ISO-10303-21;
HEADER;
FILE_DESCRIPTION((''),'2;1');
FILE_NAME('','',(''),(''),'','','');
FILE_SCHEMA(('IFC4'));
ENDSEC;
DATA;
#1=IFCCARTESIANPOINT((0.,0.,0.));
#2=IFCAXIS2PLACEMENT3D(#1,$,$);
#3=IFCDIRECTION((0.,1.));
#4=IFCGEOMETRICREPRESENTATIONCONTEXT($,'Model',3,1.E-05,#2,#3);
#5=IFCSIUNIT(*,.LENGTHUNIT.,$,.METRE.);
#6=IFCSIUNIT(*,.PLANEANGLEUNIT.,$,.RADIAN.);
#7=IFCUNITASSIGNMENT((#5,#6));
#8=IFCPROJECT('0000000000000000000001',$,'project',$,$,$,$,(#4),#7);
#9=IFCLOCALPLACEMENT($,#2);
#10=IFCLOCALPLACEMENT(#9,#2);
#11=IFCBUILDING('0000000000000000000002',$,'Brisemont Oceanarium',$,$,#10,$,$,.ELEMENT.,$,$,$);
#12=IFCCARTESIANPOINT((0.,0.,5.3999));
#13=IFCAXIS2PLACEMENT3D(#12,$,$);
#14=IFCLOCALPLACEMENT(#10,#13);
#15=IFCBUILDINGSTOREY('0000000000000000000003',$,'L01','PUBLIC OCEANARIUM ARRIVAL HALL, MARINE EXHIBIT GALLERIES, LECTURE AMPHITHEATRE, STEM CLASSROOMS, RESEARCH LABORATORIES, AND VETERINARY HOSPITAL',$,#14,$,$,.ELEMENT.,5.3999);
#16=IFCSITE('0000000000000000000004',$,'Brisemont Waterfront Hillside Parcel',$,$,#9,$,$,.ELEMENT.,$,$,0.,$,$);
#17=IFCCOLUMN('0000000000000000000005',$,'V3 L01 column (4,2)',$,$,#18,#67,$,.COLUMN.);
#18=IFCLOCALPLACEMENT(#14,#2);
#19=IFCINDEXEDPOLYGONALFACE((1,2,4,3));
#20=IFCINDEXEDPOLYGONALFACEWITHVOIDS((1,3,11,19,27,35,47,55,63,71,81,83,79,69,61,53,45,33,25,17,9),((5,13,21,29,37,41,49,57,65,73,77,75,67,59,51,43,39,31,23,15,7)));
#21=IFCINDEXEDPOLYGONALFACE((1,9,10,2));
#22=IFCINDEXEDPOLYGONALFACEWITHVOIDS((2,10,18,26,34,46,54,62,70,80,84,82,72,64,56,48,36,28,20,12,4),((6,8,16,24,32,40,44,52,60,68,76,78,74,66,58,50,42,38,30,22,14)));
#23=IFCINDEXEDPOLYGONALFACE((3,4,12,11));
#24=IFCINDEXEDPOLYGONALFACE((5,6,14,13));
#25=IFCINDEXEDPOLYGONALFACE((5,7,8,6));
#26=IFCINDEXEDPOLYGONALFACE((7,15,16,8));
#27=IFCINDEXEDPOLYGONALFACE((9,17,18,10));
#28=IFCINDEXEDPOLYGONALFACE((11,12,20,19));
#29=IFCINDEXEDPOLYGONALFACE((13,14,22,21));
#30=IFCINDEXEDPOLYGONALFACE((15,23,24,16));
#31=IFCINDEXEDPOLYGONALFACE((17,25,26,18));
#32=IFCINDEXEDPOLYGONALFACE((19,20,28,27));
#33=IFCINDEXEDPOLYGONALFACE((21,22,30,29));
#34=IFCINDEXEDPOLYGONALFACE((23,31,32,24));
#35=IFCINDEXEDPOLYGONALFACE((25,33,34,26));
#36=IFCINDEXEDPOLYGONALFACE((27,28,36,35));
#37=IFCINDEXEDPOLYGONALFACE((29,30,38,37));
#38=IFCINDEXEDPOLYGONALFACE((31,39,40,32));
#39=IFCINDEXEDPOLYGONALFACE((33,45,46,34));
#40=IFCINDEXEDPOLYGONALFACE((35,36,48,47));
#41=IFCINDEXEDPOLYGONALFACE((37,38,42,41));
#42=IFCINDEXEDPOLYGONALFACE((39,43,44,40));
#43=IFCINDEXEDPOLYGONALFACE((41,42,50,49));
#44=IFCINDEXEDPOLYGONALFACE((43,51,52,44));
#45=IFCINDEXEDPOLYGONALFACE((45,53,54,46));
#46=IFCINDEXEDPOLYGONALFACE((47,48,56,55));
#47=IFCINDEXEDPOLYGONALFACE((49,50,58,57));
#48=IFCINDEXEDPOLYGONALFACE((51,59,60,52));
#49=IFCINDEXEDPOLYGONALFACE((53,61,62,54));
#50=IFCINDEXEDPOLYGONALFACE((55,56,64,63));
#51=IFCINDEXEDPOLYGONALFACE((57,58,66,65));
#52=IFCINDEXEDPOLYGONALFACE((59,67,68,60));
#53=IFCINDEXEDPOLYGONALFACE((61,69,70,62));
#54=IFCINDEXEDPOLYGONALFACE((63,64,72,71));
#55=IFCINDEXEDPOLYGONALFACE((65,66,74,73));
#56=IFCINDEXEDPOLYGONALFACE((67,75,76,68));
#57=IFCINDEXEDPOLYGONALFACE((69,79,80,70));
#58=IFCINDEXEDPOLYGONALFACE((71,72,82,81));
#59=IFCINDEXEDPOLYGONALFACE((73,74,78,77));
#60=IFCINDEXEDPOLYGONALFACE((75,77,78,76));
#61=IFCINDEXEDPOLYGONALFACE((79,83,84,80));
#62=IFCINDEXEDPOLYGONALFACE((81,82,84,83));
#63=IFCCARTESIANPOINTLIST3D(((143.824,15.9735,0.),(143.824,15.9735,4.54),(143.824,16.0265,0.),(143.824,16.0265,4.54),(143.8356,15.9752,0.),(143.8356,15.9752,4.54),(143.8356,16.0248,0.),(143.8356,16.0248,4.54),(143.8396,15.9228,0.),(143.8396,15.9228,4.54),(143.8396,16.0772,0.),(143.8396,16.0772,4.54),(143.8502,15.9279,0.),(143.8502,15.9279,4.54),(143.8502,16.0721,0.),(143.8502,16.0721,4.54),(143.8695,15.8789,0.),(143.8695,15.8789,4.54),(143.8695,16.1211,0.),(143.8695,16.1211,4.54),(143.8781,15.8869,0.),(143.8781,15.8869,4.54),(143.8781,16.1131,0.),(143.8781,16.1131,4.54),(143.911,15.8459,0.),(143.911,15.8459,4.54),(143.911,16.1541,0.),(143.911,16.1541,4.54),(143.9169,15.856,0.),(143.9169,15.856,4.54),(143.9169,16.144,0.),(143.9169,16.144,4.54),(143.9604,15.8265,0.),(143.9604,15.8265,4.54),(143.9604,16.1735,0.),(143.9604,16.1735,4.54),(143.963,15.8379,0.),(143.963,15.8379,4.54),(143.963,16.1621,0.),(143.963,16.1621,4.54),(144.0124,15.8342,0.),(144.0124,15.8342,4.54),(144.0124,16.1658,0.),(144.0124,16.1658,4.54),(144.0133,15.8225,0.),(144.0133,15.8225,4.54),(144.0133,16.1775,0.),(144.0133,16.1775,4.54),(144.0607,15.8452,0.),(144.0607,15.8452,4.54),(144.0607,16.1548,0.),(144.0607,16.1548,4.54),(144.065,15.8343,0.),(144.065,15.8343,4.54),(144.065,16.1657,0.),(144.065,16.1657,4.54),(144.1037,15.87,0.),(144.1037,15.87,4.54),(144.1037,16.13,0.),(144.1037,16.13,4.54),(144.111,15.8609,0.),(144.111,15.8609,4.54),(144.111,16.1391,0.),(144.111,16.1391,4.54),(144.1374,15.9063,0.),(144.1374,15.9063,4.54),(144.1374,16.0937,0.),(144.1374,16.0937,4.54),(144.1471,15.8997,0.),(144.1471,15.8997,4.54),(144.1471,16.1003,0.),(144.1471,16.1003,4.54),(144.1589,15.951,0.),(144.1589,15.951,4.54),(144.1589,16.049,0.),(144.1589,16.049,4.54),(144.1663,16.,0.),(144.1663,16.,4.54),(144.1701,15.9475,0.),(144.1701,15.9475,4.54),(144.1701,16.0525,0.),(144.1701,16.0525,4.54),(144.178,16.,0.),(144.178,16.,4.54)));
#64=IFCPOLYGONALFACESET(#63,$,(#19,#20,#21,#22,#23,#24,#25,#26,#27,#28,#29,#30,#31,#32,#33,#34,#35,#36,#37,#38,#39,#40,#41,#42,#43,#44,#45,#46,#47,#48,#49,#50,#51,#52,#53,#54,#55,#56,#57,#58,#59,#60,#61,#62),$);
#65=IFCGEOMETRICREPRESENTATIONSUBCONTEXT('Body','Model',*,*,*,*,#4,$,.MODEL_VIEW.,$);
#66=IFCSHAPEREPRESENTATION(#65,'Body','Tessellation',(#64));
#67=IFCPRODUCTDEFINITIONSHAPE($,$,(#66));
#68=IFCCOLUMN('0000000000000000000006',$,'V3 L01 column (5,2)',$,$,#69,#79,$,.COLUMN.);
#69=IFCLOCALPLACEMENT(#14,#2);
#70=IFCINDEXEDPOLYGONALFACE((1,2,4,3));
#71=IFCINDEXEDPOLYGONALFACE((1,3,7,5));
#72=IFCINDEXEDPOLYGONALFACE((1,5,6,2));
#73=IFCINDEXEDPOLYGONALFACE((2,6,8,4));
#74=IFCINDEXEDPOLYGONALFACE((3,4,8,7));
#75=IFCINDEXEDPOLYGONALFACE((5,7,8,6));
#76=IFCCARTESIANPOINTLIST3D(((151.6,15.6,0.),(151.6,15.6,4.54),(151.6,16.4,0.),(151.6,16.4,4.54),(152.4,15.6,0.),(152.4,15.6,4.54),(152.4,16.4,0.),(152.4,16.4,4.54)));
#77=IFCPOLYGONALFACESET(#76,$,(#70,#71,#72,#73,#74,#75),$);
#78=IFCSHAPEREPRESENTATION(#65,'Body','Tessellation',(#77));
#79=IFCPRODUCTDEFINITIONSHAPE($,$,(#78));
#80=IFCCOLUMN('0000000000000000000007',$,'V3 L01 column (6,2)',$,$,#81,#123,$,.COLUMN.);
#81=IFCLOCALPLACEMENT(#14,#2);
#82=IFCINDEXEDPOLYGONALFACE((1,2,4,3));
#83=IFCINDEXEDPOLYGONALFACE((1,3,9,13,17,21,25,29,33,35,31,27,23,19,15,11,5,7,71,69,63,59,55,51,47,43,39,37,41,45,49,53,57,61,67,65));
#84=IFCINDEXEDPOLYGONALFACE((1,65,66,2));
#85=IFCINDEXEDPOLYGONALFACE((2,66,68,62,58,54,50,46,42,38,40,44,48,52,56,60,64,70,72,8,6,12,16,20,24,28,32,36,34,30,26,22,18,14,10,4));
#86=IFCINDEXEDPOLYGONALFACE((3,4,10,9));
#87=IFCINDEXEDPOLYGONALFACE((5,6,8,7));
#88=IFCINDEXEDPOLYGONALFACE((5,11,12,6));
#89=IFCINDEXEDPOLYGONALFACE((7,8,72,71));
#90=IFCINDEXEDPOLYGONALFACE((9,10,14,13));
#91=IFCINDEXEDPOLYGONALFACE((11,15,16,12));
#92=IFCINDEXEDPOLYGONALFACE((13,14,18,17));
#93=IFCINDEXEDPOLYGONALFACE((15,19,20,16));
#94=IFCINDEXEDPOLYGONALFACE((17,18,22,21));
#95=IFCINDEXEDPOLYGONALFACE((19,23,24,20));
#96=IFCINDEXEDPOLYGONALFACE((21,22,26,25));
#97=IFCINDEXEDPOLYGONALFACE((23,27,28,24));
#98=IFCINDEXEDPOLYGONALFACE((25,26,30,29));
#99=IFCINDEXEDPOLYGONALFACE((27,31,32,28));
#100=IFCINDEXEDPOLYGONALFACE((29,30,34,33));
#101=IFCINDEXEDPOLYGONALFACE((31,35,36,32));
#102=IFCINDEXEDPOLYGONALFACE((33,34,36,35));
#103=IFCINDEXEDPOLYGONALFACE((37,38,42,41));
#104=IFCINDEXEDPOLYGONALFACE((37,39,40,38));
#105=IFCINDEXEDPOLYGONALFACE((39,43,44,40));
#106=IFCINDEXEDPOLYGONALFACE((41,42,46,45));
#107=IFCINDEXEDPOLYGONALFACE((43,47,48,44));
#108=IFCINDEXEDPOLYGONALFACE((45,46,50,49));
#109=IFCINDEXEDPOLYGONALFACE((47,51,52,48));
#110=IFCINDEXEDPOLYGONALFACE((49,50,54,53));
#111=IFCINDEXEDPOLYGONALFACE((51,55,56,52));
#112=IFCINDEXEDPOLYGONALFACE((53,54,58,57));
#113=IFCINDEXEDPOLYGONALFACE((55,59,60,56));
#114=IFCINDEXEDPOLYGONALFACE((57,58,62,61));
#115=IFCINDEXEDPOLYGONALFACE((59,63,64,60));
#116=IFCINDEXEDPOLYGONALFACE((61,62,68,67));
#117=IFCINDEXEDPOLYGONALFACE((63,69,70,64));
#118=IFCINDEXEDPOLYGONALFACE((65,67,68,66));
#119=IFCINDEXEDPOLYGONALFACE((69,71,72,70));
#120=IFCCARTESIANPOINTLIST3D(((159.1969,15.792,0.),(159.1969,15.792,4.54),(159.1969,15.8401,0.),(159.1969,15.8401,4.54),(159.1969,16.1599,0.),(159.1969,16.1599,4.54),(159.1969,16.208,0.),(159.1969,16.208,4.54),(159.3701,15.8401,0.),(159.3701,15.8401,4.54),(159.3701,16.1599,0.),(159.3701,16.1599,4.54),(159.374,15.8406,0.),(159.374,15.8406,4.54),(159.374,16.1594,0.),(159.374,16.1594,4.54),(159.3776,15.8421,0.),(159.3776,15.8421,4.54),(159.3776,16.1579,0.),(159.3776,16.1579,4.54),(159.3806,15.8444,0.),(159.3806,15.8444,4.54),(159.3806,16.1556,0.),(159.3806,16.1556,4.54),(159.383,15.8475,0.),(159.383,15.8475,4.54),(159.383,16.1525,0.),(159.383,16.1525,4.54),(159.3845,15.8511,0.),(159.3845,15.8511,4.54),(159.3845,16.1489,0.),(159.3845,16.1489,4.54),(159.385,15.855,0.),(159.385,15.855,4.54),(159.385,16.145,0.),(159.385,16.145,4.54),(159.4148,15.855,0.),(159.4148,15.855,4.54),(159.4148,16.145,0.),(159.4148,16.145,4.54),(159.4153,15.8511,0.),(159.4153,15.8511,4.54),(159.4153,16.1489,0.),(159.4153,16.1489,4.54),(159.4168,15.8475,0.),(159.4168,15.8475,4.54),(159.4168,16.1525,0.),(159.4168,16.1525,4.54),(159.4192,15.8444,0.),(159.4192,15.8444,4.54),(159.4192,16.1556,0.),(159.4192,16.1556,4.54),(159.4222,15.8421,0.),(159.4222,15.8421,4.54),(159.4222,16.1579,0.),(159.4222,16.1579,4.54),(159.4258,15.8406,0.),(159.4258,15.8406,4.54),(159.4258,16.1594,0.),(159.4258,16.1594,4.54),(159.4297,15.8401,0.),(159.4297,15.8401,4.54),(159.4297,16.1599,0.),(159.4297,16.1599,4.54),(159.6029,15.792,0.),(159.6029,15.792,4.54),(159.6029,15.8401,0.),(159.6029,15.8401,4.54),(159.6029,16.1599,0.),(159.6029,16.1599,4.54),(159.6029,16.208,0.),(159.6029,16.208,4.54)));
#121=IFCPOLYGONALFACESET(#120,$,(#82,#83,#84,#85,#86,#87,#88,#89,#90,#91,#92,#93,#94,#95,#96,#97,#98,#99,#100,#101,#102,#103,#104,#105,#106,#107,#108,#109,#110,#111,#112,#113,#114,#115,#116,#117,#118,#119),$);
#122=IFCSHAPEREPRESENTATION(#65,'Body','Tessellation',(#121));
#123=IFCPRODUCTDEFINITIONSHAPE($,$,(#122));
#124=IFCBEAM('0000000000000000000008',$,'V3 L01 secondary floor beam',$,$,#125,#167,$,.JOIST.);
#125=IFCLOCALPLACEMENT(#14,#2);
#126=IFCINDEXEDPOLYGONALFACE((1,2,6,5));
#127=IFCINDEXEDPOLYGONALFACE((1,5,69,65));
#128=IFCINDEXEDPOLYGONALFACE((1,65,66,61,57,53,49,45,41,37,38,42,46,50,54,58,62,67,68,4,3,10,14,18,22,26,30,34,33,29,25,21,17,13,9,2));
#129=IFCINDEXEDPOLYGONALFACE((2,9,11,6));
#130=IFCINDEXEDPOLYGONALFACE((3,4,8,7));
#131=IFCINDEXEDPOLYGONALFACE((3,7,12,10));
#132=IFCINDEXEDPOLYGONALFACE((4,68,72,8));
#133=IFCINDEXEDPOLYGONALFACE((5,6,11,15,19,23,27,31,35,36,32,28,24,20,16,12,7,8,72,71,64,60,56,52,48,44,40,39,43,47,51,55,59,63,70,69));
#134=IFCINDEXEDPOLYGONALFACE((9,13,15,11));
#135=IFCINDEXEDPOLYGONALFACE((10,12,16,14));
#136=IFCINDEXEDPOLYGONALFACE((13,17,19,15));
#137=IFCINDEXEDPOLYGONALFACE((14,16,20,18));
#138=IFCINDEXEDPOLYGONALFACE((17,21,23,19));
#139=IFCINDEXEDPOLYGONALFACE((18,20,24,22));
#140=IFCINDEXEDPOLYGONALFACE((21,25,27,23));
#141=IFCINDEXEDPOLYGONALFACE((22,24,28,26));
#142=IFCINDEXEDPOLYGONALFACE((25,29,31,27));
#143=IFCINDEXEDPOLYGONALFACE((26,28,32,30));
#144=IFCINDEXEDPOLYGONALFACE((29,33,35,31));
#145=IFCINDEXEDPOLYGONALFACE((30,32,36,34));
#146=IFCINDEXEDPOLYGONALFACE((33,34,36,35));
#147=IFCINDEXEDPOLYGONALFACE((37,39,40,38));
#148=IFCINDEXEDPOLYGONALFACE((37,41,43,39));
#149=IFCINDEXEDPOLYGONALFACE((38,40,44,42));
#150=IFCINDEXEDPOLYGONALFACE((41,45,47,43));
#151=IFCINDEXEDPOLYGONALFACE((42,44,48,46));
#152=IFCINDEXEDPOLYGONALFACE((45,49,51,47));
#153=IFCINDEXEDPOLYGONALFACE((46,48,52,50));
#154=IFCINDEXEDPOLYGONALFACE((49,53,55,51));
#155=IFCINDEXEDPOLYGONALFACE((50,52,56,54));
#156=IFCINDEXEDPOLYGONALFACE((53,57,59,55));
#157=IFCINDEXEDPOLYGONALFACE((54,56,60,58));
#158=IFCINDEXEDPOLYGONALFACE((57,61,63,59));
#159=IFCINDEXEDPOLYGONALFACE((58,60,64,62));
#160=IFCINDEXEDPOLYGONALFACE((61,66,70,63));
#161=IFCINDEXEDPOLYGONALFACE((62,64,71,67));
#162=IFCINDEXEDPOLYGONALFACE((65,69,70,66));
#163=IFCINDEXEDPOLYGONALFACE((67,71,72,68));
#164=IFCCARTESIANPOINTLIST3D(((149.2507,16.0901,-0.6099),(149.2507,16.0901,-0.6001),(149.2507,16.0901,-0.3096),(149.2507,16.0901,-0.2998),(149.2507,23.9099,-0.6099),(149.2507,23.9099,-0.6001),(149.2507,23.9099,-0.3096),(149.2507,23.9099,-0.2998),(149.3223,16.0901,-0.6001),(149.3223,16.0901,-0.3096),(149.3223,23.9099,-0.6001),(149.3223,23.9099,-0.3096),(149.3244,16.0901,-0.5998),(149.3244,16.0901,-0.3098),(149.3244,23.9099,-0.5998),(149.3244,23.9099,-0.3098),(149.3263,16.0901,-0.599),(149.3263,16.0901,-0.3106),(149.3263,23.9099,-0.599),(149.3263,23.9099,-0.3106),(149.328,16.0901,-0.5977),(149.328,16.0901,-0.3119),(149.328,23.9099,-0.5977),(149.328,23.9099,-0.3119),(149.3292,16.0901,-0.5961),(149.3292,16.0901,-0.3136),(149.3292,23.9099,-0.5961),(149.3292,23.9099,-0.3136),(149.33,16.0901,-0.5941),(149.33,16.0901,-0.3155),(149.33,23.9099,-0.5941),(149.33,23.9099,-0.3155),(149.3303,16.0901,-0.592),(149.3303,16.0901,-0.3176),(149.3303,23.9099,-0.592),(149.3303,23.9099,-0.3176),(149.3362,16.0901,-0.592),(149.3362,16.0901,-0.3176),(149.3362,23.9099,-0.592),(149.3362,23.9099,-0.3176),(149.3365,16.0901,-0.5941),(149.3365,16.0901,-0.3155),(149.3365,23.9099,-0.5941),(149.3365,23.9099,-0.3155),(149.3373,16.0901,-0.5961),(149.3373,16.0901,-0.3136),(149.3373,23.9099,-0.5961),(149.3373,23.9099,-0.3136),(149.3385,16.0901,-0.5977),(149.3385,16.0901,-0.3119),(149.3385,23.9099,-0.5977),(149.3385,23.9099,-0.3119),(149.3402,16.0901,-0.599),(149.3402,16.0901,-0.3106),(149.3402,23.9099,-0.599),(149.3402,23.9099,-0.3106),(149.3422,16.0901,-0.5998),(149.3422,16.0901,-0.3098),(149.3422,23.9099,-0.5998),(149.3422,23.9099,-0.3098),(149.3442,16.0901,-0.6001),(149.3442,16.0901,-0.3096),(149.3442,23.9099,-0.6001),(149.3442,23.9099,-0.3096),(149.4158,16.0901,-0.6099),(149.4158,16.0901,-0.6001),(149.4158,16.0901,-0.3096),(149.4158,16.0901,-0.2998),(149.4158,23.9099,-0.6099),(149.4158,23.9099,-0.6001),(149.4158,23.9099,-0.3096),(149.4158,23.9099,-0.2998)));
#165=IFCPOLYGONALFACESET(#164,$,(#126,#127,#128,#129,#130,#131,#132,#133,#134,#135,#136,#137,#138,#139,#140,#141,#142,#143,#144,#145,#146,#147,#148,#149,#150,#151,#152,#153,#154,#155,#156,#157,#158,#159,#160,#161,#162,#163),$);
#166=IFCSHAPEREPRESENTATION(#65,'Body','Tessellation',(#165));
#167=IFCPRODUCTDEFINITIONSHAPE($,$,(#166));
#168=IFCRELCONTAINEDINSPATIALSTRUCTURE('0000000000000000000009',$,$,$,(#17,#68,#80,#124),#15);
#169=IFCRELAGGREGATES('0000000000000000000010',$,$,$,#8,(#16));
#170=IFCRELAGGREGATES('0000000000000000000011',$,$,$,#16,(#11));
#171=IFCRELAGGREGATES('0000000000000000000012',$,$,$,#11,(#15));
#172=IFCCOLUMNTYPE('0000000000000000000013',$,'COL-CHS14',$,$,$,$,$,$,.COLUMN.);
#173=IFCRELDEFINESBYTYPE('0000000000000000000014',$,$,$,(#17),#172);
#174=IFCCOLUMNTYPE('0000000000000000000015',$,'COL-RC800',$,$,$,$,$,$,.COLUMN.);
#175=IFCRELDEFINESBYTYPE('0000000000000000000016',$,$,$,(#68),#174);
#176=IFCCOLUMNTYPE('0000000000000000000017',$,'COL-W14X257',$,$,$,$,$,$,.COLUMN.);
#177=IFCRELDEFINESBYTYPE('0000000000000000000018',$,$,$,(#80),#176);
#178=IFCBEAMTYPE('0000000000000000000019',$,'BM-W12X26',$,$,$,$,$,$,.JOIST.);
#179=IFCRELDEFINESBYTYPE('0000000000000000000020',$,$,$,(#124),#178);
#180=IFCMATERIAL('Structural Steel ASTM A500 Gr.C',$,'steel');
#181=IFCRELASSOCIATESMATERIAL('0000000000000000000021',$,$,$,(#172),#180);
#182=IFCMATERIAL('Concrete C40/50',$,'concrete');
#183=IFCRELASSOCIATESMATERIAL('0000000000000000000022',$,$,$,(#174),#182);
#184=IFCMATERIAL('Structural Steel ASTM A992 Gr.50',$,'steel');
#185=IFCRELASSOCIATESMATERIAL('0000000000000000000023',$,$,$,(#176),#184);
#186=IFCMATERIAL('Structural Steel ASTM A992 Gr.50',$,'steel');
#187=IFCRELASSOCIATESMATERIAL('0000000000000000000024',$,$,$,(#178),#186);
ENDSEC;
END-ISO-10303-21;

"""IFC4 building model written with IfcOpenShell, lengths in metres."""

from ifc_helpers import new_model, si_unit, direction, frame, origin, origin_2d, place, context, subcontext, project, spatial, rectangle, hollow_circle, i_section, extrude, material, material_profile, profile_set, type_object, element, save


model = new_model("IFC4")

# Units and contexts
model_context = context("Model", 3, precision=1e-05, world=origin(), true_north=direction((0.0, 1.0)))
body_context = subcontext(model_context, "Body", "Model", "MODEL_VIEW")
ifc_project = project(units=[si_unit("LENGTHUNIT", "METRE"), si_unit("PLANEANGLEUNIT", "RADIAN")], contexts=[model_context])

# Site, building, storey
site_placement = place(None, origin())
site = spatial("IfcSite", under=ifc_project, at=site_placement, Name="Brisemont Waterfront Hillside Parcel", CompositionType="ELEMENT", RefElevation=0.0)
building_placement = place(site_placement, origin())
building = spatial("IfcBuilding", under=site, at=building_placement, Name="Brisemont Oceanarium", CompositionType="ELEMENT")
storey_placement = place(building_placement, frame((0.0, 0.0, 5.3999)))
storey = spatial("IfcBuildingStorey", under=building, at=storey_placement, Name="L01", Description="PUBLIC OCEANARIUM ARRIVAL HALL, MARINE EXHIBIT GALLERIES, LECTURE AMPHITHEATRE, STEM CLASSROOMS, RESEARCH LABORATORIES, AND VETERINARY HOSPITAL", CompositionType="ELEMENT", Elevation=5.3999)

# Columns
ifc_material_1 = material(Name="Structural Steel ASTM A500 Gr.C", Category="steel")
ifc_material_profile_1 = material_profile(ifc_material_1, hollow_circle(Radius=0.178, WallThickness=0.0117, at=origin_2d()), Name="HSS14.000X0.500")
ifc_profile_set_1 = profile_set([ifc_material_profile_1], Name="Structural Steel ASTM A500 Gr.C")
column_type_1 = type_object("IfcColumnType", Name="COL-CHS14", PredefinedType="COLUMN", material=ifc_profile_set_1)
column_1_placement = place(storey_placement, frame((144.0, 16.0, 0.0), z_axis=(0.0, 0.0, 1.0), x_axis=(1.0, 0.0, 0.0)))
element("IfcColumn", 1, at=column_1_placement, inside=storey, type_object=column_type_1, Name="V3 L01 column (4,2)", PredefinedType="COLUMN", context=body_context, shape_type="SweptSolid", body=[
    extrude(hollow_circle(Radius=0.178, WallThickness=0.0117, at=origin_2d()), origin(), (0.0, 0.0, 1.0), 4.54),
])
ifc_material_2 = material(Name="Concrete C40/50", Category="concrete")
ifc_material_profile_2 = material_profile(ifc_material_2, rectangle(XDim=0.8, YDim=0.8, at=origin_2d()), Name="RC-COL-800X800")
ifc_profile_set_2 = profile_set([ifc_material_profile_2], Name="Concrete C40/50")
column_type_2 = type_object("IfcColumnType", Name="COL-RC800", PredefinedType="COLUMN", material=ifc_profile_set_2)
column_2_placement = place(storey_placement, frame((152.0, 16.0, 0.0), z_axis=(0.0, 0.0, 1.0), x_axis=(0.0, 1.0, 0.0)))
element("IfcColumn", 2, at=column_2_placement, inside=storey, type_object=column_type_2, Name="V3 L01 column (5,2)", PredefinedType="COLUMN", context=body_context, shape_type="SweptSolid", body=[
    extrude(rectangle(XDim=0.8, YDim=0.8, at=origin_2d()), origin(), (0.0, 0.0, 1.0), 4.54),
])
ifc_material_3 = material(Name="Structural Steel ASTM A992 Gr.50", Category="steel")
ifc_material_profile_3 = material_profile(ifc_material_3, i_section(OverallWidth=0.406, OverallDepth=0.416, WebThickness=0.0298, FlangeThickness=0.0481, FilletRadius=0.0149, at=origin_2d()), Name="W14X257")
ifc_profile_set_3 = profile_set([ifc_material_profile_3], Name="Structural Steel ASTM A992 Gr.50")
column_type_3 = type_object("IfcColumnType", Name="COL-W14X257", PredefinedType="COLUMN", material=ifc_profile_set_3)
column_3_placement = place(storey_placement, frame((159.3999, 16.0, 0.0), z_axis=(0.0, 0.0, 1.0), x_axis=(1.0, 0.0, 0.0)))
element("IfcColumn", 3, at=column_3_placement, inside=storey, type_object=column_type_3, Name="V3 L01 column (6,2)", PredefinedType="COLUMN", context=body_context, shape_type="SweptSolid", body=[
    extrude(i_section(OverallWidth=0.406, OverallDepth=0.416, WebThickness=0.0298, FlangeThickness=0.0481, FilletRadius=0.0149, at=origin_2d()), origin(), (0.0, 0.0, 1.0), 4.54),
])

# Beam
ifc_material_4 = material(Name="Structural Steel ASTM A992 Gr.50", Category="steel")
ifc_material_profile_4 = material_profile(ifc_material_4, i_section(OverallWidth=0.165, OverallDepth=0.3101, WebThickness=0.0059, FlangeThickness=0.0098, FilletRadius=0.0081, at=origin_2d()), Name="W12X26")
ifc_profile_set_4 = profile_set([ifc_material_profile_4], Name="Structural Steel ASTM A992 Gr.50")
beam_type_1 = type_object("IfcBeamType", Name="BM-W12X26", PredefinedType="JOIST", material=ifc_profile_set_4)
for number, where, z_axis, x_axis, name in (
    (4, (149.3333, 16.0901, -0.4548), (0.0, 1.0, 0.0), (-1.0, 0.0, 0.0), "V3 L01 secondary floor beam"),
):
    element("IfcBeam", number, at=place(storey_placement, frame(where, z_axis=z_axis, x_axis=x_axis)), inside=storey, type_object=beam_type_1, Name=name, PredefinedType="JOIST", context=body_context, shape_type="SweptSolid", body=[
        extrude(i_section(OverallWidth=0.165, OverallDepth=0.3101, WebThickness=0.0059, FlangeThickness=0.0098, FilletRadius=0.0081, at=origin_2d()), origin(), (0.0, 0.0, 1.0), 7.8198),
    ])

save(model, "model.ifc")
